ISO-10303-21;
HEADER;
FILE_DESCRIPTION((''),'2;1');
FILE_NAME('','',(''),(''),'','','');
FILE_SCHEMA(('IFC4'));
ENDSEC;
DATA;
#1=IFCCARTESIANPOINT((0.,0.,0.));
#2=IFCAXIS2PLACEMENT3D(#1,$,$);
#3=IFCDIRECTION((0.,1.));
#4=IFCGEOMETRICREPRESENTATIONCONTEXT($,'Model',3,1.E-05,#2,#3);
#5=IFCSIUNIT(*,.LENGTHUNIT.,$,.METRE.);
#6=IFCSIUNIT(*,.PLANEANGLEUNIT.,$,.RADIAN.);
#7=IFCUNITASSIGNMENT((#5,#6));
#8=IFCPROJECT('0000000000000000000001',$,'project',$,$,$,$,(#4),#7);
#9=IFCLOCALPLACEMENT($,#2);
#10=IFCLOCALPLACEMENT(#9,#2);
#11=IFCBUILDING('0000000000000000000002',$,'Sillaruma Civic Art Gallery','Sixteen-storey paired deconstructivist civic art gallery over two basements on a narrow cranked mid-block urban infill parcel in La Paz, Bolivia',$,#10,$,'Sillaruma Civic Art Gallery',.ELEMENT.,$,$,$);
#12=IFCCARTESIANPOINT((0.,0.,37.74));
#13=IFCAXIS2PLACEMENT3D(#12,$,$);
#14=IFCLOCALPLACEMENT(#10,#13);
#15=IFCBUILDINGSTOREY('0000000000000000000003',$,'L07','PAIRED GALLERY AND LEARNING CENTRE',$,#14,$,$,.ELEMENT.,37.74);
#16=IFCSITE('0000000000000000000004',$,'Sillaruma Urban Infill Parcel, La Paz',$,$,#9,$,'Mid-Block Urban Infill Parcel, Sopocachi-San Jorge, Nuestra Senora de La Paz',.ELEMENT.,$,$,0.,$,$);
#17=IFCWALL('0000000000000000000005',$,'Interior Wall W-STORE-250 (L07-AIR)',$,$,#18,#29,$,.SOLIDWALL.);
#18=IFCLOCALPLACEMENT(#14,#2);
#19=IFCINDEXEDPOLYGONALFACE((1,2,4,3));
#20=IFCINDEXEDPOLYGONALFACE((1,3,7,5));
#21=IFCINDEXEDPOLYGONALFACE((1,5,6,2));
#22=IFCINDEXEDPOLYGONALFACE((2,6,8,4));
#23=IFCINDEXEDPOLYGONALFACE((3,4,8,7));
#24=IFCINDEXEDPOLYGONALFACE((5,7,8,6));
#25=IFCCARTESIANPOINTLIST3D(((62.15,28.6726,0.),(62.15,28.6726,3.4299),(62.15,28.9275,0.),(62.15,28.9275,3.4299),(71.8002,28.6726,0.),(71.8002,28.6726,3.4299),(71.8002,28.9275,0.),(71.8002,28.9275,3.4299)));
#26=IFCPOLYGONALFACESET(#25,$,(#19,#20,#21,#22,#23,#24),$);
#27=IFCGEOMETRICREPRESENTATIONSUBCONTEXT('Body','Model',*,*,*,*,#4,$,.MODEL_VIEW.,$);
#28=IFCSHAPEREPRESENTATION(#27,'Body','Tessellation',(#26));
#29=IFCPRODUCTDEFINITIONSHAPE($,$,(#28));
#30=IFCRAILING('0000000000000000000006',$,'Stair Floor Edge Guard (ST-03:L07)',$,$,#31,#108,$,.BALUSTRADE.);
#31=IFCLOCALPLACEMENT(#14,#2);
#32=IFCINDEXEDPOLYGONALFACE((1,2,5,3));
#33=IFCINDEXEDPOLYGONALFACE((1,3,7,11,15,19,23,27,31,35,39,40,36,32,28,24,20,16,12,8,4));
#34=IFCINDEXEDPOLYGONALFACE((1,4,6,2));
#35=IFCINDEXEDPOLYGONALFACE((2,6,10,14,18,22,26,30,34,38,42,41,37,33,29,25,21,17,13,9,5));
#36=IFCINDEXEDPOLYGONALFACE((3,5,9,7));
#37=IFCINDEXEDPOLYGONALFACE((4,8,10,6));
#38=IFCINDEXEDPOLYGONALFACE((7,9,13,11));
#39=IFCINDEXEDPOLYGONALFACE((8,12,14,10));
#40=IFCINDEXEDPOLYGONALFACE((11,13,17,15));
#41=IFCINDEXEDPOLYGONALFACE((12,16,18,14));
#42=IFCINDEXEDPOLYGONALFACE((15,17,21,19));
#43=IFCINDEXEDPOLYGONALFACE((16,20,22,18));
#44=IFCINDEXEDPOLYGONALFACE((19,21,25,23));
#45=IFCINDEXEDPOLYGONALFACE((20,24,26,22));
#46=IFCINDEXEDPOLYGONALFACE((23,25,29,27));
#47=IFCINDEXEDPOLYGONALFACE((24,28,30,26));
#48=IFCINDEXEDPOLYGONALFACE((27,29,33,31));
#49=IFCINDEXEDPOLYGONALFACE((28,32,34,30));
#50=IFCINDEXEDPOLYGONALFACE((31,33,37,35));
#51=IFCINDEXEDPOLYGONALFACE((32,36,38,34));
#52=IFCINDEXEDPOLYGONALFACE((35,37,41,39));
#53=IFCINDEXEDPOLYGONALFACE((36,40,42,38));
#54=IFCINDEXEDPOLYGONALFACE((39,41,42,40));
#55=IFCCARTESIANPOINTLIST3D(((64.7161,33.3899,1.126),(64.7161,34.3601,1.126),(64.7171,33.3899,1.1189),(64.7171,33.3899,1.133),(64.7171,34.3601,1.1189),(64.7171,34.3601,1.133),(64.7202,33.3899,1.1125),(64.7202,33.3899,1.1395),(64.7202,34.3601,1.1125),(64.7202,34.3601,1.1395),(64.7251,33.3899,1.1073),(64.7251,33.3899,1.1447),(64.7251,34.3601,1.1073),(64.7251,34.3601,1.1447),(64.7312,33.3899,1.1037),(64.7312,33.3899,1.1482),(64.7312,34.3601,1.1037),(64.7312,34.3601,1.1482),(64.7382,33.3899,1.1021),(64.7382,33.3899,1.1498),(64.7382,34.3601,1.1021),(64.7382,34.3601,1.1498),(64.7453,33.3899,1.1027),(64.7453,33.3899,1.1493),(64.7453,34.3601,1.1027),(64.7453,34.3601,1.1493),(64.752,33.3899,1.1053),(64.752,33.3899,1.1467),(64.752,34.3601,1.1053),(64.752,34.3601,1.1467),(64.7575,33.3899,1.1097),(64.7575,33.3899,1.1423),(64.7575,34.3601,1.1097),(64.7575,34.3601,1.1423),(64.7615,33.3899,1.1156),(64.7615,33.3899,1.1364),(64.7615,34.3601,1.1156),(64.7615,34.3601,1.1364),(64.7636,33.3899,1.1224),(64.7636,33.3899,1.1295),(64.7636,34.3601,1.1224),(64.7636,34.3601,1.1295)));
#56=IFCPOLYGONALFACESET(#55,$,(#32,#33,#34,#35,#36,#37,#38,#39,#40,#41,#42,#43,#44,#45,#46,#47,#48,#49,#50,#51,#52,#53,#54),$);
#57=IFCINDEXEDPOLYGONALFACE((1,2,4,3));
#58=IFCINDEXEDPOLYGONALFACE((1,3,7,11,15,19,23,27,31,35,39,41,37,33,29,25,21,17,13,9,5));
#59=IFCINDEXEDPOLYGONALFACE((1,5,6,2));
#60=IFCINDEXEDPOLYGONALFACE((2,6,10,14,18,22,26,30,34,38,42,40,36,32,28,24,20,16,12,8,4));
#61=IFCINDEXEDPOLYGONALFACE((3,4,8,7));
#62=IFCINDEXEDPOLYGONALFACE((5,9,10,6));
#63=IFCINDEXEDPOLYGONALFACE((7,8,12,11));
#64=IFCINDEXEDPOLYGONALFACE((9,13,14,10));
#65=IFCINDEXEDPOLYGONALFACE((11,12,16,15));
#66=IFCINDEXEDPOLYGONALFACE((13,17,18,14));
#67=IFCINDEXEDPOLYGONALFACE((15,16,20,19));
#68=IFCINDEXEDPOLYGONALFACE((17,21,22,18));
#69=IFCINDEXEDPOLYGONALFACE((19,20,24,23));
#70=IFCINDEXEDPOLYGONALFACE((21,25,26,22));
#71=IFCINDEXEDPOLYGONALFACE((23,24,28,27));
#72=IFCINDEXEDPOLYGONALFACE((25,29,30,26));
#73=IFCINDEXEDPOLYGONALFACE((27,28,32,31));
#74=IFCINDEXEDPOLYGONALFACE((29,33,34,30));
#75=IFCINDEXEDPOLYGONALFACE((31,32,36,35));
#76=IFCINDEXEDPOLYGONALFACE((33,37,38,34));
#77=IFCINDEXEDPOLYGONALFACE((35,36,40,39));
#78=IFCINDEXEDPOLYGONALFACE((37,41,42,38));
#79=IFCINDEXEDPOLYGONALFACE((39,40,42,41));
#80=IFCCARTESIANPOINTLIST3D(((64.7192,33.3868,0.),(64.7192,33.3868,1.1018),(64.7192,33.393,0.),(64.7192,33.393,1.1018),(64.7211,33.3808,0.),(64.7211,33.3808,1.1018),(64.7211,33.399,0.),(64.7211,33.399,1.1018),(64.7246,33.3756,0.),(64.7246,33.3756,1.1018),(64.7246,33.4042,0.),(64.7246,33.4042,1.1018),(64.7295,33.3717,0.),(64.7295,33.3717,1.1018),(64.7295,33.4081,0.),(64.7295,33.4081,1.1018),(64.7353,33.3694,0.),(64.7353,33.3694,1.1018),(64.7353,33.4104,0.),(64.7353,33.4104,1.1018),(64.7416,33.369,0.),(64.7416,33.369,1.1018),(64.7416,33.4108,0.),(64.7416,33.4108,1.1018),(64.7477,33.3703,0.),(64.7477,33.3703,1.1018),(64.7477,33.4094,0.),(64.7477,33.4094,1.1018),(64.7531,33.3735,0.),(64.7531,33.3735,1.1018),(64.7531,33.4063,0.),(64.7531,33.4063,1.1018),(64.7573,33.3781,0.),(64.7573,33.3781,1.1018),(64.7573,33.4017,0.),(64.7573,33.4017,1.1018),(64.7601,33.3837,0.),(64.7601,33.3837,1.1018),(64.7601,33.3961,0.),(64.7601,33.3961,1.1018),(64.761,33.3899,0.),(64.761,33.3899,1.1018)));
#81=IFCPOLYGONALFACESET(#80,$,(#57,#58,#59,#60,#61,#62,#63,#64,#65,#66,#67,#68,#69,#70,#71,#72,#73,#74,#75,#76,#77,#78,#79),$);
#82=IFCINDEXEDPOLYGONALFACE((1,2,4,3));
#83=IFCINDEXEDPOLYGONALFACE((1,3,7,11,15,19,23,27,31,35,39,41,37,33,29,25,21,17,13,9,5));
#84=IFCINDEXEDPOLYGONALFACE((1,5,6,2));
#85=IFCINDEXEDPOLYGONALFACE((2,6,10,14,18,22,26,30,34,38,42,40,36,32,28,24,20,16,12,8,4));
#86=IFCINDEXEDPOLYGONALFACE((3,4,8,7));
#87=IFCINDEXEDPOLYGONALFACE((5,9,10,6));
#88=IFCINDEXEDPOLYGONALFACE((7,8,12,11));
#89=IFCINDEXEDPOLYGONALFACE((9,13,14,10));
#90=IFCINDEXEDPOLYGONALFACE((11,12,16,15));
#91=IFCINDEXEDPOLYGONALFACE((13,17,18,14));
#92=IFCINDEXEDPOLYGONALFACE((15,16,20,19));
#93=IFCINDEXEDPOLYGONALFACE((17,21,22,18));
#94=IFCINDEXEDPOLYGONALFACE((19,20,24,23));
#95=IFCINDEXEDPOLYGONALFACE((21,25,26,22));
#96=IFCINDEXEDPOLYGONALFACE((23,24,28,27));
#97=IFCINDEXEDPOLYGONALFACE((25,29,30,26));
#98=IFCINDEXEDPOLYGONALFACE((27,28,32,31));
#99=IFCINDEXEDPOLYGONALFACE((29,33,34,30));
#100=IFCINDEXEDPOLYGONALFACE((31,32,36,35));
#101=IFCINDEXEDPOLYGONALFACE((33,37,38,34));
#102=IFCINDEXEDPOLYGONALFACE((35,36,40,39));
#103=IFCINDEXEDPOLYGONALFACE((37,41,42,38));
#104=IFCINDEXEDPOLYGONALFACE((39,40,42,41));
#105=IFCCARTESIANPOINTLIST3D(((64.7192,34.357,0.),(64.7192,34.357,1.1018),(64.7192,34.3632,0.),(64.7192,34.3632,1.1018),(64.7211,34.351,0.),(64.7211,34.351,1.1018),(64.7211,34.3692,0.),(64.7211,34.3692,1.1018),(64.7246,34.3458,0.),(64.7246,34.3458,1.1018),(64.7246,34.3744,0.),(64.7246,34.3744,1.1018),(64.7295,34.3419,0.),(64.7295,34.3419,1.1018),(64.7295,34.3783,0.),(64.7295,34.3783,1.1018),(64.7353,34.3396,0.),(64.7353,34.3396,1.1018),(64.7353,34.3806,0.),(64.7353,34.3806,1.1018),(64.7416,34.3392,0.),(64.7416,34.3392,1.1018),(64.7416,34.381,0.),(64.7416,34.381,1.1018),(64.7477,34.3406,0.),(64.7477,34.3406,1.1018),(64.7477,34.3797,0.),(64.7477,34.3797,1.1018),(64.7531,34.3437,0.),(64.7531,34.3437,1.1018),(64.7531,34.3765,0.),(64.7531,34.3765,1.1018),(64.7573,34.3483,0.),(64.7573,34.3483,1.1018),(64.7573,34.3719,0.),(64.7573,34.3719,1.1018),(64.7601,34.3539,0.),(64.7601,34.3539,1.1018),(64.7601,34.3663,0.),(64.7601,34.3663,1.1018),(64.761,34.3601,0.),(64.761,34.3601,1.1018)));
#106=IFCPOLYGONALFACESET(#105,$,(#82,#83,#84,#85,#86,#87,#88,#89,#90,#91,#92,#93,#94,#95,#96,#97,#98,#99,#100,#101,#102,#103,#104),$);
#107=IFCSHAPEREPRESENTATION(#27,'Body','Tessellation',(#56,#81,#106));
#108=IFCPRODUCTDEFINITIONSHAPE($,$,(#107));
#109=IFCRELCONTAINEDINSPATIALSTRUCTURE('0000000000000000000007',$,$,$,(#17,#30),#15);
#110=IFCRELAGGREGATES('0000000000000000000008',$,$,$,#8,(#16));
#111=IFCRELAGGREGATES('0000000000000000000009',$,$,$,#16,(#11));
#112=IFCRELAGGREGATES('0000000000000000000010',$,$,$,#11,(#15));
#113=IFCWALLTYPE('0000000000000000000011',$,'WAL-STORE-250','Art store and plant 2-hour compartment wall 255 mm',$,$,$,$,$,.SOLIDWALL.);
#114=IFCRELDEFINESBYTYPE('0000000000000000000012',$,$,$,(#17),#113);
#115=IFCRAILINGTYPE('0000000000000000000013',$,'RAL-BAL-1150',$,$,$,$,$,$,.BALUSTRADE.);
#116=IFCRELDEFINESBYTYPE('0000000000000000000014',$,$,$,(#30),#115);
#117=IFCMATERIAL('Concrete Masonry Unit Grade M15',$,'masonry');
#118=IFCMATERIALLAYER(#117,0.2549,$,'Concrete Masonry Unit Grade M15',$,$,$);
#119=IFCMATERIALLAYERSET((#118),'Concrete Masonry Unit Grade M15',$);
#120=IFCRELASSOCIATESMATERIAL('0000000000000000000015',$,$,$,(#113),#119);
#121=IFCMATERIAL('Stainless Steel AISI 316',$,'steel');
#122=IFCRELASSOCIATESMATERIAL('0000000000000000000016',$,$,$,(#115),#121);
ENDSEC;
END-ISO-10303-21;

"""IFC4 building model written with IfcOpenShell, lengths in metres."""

from ifc_helpers import new_model, si_unit, direction, frame, frame_2d, origin, origin_2d, place, context, subcontext, project, spatial, rectangle, circle, extrude, material, layer, layer_set, type_object, element, save


model = new_model("IFC4")

# Units and contexts
model_context = context("Model", 3, precision=1e-05, world=origin(), true_north=direction((0.0, 1.0)))
body_context = subcontext(model_context, "Body", "Model", "MODEL_VIEW")
ifc_project = project(units=[si_unit("LENGTHUNIT", "METRE"), si_unit("PLANEANGLEUNIT", "RADIAN")], contexts=[model_context])

# Site, building, storey
site_placement = place(None, origin())
site = spatial("IfcSite", under=ifc_project, at=site_placement, Name="Sillaruma Urban Infill Parcel, La Paz", LongName="Mid-Block Urban Infill Parcel, Sopocachi-San Jorge, Nuestra Senora de La Paz", CompositionType="ELEMENT", RefElevation=0.0)
building_placement = place(site_placement, origin())
building = spatial("IfcBuilding", under=site, at=building_placement, Name="Sillaruma Civic Art Gallery", Description="Sixteen-storey paired deconstructivist civic art gallery over two basements on a narrow cranked mid-block urban infill parcel in La Paz, Bolivia", LongName="Sillaruma Civic Art Gallery", CompositionType="ELEMENT")
storey_placement = place(building_placement, frame((0.0, 0.0, 37.74)))
storey = spatial("IfcBuildingStorey", under=building, at=storey_placement, Name="L07", Description="PAIRED GALLERY AND LEARNING CENTRE", CompositionType="ELEMENT", Elevation=37.74)

# Wall
ifc_material_1 = material(Name="Concrete Masonry Unit Grade M15", Category="masonry")
ifc_layer_1 = layer(ifc_material_1, 0.2549, Name="Concrete Masonry Unit Grade M15")
ifc_layer_set_1 = layer_set([ifc_layer_1], Name="Concrete Masonry Unit Grade M15")
wall_type_1 = type_object("IfcWallType", Name="WAL-STORE-250", Description="Art store and plant 2-hour compartment wall 255 mm", PredefinedType="SOLIDWALL", material=ifc_layer_set_1)
wall_1_placement = place(storey_placement, frame((62.1499, 28.8, 0.0), z_axis=(0.0, 0.0, 1.0), x_axis=(1.0, 0.0, 0.0)))
element("IfcWall", 1, at=wall_1_placement, inside=storey, type_object=wall_type_1, Name="Interior Wall W-STORE-250 (L07-AIR)", PredefinedType="SOLIDWALL", context=body_context, shape_type="SweptSolid", body=[
    extrude(rectangle(XDim=9.6501, YDim=0.2549, at=frame_2d((4.8252, 0.0))), origin(), (0.0, 0.0, 1.0), 3.4299),
])

# Railing
ifc_material_2 = material(Name="Stainless Steel AISI 316", Category="steel")
railing_type_1 = type_object("IfcRailingType", Name="RAL-BAL-1150", PredefinedType="BALUSTRADE", material=ifc_material_2)
railing_1_placement = place(storey_placement, frame((64.74, 33.3899, 0.0)))
element("IfcRailing", 2, at=railing_1_placement, inside=storey, type_object=railing_type_1, Name="Stair Floor Edge Guard (ST-03:L07)", PredefinedType="BALUSTRADE", context=body_context, shape_type="SweptSolid", body=[
    extrude(circle(Radius=0.0239, at=origin_2d()), frame((0.0, 0.0, 1.126), z_axis=(0.0, 1.0, 0.0), x_axis=(-1.0, 0.0, 0.0)), (0.0, 0.0, 1.0), 0.9702),
    extrude(circle(Radius=0.021, at=origin_2d()), origin(), (0.0, 0.0, 1.0), 1.1018),
    extrude(circle(Radius=0.021, at=origin_2d()), frame((0.0, 0.9702, 0.0)), (0.0, 0.0, 1.0), 1.1018),
])

save(model, "model.ifc")
